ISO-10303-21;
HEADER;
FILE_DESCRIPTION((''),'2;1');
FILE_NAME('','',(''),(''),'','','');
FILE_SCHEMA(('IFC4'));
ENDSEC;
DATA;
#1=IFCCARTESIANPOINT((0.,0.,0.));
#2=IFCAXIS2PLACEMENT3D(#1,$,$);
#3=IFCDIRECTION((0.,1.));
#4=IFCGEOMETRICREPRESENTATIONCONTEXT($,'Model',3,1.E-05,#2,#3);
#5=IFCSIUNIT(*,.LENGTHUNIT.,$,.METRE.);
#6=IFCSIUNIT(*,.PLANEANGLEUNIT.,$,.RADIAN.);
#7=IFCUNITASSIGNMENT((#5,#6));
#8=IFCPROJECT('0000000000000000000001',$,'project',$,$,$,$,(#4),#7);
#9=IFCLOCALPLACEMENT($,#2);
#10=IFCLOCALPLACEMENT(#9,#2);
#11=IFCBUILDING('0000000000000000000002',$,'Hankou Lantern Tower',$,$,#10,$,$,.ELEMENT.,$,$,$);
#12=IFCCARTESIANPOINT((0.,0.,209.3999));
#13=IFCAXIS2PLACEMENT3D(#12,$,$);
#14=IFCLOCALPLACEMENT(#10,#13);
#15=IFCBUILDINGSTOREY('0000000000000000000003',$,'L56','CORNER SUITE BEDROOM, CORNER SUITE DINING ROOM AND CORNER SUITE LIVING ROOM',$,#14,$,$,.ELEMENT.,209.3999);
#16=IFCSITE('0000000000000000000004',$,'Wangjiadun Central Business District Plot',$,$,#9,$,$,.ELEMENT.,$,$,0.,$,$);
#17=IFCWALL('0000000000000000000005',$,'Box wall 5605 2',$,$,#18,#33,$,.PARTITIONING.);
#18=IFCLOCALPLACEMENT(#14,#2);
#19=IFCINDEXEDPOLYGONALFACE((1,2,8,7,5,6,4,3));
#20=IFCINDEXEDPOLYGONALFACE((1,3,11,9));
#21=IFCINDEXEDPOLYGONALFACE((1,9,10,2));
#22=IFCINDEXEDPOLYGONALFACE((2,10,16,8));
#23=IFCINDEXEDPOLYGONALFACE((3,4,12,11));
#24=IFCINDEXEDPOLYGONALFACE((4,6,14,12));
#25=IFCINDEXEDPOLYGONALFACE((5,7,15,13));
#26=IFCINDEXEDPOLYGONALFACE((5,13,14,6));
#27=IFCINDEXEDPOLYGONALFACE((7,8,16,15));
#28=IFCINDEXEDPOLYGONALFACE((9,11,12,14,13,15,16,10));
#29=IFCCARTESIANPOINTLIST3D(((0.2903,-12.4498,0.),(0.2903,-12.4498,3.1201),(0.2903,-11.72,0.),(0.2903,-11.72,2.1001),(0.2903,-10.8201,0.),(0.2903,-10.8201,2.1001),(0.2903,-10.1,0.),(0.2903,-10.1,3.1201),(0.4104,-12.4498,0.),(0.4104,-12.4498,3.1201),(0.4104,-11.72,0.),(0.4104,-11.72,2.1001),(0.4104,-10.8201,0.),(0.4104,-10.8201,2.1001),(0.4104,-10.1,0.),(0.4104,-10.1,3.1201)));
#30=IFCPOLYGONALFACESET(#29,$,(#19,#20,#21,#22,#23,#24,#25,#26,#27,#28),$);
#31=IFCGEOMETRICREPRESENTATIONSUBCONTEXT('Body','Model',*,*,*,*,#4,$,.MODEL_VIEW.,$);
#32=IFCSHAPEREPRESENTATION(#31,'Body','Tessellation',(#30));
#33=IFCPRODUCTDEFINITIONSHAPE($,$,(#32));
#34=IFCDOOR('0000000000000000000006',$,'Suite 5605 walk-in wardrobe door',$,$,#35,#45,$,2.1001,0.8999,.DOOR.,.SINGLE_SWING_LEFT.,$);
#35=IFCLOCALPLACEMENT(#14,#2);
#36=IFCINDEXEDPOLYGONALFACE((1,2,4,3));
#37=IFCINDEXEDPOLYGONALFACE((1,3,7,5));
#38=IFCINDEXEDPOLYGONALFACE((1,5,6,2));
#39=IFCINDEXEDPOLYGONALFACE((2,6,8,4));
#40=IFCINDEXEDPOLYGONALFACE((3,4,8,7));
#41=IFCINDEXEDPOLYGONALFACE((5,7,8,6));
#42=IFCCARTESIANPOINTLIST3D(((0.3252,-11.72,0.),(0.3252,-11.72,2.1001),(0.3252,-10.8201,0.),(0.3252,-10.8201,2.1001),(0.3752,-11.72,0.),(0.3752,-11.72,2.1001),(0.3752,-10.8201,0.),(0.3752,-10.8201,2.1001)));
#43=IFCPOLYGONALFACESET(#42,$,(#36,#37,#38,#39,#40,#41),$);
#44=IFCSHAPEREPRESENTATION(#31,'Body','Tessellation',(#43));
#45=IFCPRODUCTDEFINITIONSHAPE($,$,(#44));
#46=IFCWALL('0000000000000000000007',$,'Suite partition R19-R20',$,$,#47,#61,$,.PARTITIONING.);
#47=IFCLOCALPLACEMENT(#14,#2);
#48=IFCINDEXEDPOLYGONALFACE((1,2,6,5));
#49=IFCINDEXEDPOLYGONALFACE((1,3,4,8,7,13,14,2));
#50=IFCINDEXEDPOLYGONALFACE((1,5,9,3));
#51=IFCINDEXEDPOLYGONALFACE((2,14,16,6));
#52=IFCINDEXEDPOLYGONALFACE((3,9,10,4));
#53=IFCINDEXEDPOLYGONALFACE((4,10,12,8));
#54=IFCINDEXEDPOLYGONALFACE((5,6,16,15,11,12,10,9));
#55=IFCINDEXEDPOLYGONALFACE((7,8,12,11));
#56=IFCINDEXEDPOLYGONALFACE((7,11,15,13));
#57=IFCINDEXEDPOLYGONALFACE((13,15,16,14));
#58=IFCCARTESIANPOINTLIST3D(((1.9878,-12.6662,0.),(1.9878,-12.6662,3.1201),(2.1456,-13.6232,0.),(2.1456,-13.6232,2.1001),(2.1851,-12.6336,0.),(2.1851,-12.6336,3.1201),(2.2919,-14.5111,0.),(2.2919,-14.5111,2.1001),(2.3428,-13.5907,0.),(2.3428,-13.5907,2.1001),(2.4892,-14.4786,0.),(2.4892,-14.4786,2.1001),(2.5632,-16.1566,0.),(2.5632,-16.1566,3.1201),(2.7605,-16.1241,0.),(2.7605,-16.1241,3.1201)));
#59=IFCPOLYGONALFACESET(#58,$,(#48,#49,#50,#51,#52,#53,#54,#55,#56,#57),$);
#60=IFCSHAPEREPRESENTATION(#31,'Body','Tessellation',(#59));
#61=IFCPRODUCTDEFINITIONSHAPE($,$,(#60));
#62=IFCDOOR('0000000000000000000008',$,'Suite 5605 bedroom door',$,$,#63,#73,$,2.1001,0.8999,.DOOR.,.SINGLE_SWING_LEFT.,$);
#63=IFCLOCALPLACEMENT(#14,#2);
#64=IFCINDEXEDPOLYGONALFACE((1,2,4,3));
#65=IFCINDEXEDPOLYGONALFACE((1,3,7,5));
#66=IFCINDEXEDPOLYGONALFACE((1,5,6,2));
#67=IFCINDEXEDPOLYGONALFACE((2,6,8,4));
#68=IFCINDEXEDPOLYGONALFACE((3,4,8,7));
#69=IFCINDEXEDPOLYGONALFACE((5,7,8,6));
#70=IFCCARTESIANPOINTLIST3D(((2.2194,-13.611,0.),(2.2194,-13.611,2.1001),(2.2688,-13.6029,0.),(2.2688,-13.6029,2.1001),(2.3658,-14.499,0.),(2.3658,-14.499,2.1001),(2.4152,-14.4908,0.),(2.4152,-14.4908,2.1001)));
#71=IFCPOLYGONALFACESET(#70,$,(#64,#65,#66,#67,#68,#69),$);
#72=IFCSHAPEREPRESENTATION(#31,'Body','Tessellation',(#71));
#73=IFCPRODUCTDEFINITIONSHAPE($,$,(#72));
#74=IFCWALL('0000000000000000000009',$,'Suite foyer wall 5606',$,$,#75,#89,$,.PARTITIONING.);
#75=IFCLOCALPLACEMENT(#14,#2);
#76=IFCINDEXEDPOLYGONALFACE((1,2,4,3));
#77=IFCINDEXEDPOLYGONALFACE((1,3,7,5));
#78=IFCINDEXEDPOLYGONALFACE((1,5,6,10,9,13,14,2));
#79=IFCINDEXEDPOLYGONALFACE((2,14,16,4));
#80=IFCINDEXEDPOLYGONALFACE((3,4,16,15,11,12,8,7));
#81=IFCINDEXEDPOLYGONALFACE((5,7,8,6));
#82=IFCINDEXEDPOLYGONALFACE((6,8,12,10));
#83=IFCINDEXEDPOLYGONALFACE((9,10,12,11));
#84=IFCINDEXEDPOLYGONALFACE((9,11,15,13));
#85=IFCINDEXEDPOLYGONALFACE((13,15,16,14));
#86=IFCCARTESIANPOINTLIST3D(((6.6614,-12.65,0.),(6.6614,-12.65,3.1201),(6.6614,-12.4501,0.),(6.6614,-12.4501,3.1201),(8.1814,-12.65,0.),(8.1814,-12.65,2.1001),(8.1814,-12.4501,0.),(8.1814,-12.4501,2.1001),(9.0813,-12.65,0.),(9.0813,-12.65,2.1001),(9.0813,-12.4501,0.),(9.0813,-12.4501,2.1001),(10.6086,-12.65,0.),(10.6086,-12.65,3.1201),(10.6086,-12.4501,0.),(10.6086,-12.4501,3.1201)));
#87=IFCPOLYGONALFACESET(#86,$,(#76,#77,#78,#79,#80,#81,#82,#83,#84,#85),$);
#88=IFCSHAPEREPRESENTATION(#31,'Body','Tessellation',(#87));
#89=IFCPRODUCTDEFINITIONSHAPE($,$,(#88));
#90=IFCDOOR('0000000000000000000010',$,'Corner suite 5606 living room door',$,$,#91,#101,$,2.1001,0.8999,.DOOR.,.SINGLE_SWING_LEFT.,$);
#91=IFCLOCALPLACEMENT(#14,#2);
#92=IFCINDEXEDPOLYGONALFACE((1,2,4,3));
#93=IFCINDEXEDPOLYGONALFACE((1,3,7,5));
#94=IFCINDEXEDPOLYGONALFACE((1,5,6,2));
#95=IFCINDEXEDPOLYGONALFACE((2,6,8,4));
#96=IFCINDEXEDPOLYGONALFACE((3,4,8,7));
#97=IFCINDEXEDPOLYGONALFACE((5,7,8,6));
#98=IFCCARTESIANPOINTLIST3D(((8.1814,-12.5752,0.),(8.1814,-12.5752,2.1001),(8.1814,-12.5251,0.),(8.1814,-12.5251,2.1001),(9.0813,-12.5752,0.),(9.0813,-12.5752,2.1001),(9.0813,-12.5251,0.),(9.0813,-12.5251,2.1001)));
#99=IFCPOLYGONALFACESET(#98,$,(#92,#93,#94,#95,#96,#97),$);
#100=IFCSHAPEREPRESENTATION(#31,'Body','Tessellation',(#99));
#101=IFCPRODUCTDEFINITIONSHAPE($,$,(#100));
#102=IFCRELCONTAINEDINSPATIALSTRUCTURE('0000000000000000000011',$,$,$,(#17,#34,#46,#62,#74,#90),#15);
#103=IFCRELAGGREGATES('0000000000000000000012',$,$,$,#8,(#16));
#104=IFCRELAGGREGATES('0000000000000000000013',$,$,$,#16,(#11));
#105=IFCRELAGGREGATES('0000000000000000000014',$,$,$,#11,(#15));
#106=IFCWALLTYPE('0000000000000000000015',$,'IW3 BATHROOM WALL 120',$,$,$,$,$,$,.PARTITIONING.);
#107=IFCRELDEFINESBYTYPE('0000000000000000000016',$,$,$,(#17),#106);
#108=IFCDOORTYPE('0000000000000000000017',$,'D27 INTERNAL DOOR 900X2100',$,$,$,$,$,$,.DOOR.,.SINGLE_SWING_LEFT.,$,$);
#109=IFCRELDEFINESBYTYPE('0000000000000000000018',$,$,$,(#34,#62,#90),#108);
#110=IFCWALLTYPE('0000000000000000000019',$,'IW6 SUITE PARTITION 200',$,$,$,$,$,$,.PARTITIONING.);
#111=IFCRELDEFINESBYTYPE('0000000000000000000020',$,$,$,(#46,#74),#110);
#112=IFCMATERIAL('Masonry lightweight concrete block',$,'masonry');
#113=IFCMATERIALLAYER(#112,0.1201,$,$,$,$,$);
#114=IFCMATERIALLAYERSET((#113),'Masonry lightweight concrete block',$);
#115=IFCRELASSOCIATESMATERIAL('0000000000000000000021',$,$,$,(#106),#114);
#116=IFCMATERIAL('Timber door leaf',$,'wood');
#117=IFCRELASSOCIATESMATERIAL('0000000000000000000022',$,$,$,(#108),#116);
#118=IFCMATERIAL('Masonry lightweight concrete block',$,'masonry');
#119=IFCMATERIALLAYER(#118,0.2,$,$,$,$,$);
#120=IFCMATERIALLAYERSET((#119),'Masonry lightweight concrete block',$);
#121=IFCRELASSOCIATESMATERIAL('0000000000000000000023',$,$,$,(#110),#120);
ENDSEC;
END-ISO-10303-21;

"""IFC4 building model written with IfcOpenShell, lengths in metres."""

from ifc_helpers import new_model, si_unit, direction, frame, frame_2d, origin, place, context, subcontext, project, spatial, rectangle, extrude, material, layer, layer_set, type_object, element, fill, save


model = new_model("IFC4")

# Units and contexts
model_context = context("Model", 3, precision=1e-05, world=origin(), true_north=direction((0.0, 1.0)))
body_context = subcontext(model_context, "Body", "Model", "MODEL_VIEW")
ifc_project = project(units=[si_unit("LENGTHUNIT", "METRE"), si_unit("PLANEANGLEUNIT", "RADIAN")], contexts=[model_context])

# Site, building, storey
site_placement = place(None, origin())
site = spatial("IfcSite", under=ifc_project, at=site_placement, Name="Wangjiadun Central Business District Plot", CompositionType="ELEMENT", RefElevation=0.0)
building_placement = place(site_placement, origin())
building = spatial("IfcBuilding", under=site, at=building_placement, Name="Hankou Lantern Tower", CompositionType="ELEMENT")
storey_placement = place(building_placement, frame((0.0, 0.0, 209.3999)))
storey = spatial("IfcBuildingStorey", under=building, at=storey_placement, Name="L56", Description="CORNER SUITE BEDROOM, CORNER SUITE DINING ROOM AND CORNER SUITE LIVING ROOM", CompositionType="ELEMENT", Elevation=209.3999)

# Walls, openings, doors
ifc_material_1 = material(Name="Masonry lightweight concrete block", Category="masonry")
ifc_layer_1 = layer(ifc_material_1, 0.1201)
ifc_layer_set_1 = layer_set([ifc_layer_1], Name="Masonry lightweight concrete block")
wall_type_1 = type_object("IfcWallType", Name="IW3 BATHROOM WALL 120", PredefinedType="PARTITIONING", material=ifc_layer_set_1)
wall_1_placement = place(storey_placement, frame((0.3503, -10.1001, 0.0), z_axis=(0.0, 0.0, 1.0), x_axis=(0.0, -1.0, 0.0)))
wall_1 = element("IfcWall", 1, at=wall_1_placement, inside=storey, type_object=wall_type_1, Name="Box wall 5605 2", PredefinedType="PARTITIONING", context=body_context, shape_type="SweptSolid", body=[
    extrude(rectangle(XDim=2.3499, YDim=0.1201, at=frame_2d((1.1748, 0.0))), origin(), (0.0, 0.0, 1.0), 3.1201),
])
opening_1_placement = place(wall_1_placement, frame((0.72, 0.0, 0.0)))
opening_1 = element("IfcOpeningElement", 2, at=opening_1_placement, cuts=wall_1, PredefinedType="OPENING", context=body_context, shape_type="SweptSolid", body=[
    extrude(rectangle(XDim=0.8999, YDim=2.1001, at=frame_2d((0.45, 1.05))), frame((0.0, 0.0701, 0.0), z_axis=(0.0, -1.0, 0.0), x_axis=(1.0, 0.0, 0.0)), (0.0, 0.0, 1.0), 0.1401),
])
ifc_material_2 = material(Name="Timber door leaf", Category="wood")
door_type = type_object("IfcDoorType", Name="D27 INTERNAL DOOR 900X2100", OperationType="SINGLE_SWING_LEFT", PredefinedType="DOOR", material=ifc_material_2)
door_1_placement = place(opening_1_placement, origin())
door_1 = element("IfcDoor", 3, at=door_1_placement, inside=storey, type_object=door_type, Name="Suite 5605 walk-in wardrobe door", OperationType="SINGLE_SWING_LEFT", OverallHeight=2.1001, OverallWidth=0.8999, PredefinedType="DOOR", context=body_context, shape_type="SweptSolid", body=[
    extrude(rectangle(XDim=0.8999, YDim=2.1001, at=frame_2d((0.45, 1.05))), frame((0.0, 0.0249, 0.0), z_axis=(0.0, -1.0, 0.0), x_axis=(1.0, 0.0, 0.0)), (0.0, 0.0, 1.0), 0.05),
])
fill(opening_1, door_1)
ifc_material_3 = material(Name="Masonry lightweight concrete block", Category="masonry")
ifc_layer_2 = layer(ifc_material_3, 0.2)
ifc_layer_set_2 = layer_set([ifc_layer_2], Name="Masonry lightweight concrete block")
wall_type_2 = type_object("IfcWallType", Name="IW6 SUITE PARTITION 200", PredefinedType="PARTITIONING", material=ifc_layer_set_2)
wall_2_placement = place(storey_placement, frame((2.0864, -12.6499, 0.0), z_axis=(0.0, 0.0, 1.0), x_axis=(0.162664, -0.986682, 0.0)))
wall_2 = element("IfcWall", 4, at=wall_2_placement, inside=storey, type_object=wall_type_2, Name="Suite partition R19-R20", PredefinedType="PARTITIONING", context=body_context, shape_type="SweptSolid", body=[
    extrude(rectangle(XDim=3.5376, YDim=0.2, at=frame_2d((1.7688, 0.0))), origin(), (0.0, 0.0, 1.0), 3.1201),
])
opening_2_placement = place(wall_2_placement, frame((0.97, 0.0, 0.0)))
opening_2 = element("IfcOpeningElement", 5, at=opening_2_placement, cuts=wall_2, PredefinedType="OPENING", context=body_context, shape_type="SweptSolid", body=[
    extrude(rectangle(XDim=0.8999, YDim=2.1001, at=frame_2d((0.45, 1.05))), frame((0.0, 0.1099, 0.0), z_axis=(0.0, -1.0, 0.0), x_axis=(1.0, 0.0, 0.0)), (0.0, 0.0, 1.0), 0.22),
])
door_2_placement = place(opening_2_placement, origin())
door_2 = element("IfcDoor", 6, at=door_2_placement, inside=storey, type_object=door_type, Name="Suite 5605 bedroom door", OperationType="SINGLE_SWING_LEFT", OverallHeight=2.1001, OverallWidth=0.8999, PredefinedType="DOOR", context=body_context, shape_type="SweptSolid", body=[
    extrude(rectangle(XDim=0.8999, YDim=2.1001, at=frame_2d((0.45, 1.05))), frame((0.0, 0.0249, 0.0), z_axis=(0.0, -1.0, 0.0), x_axis=(1.0, 0.0, 0.0)), (0.0, 0.0, 1.0), 0.05),
])
fill(opening_2, door_2)
wall_3_placement = place(storey_placement, frame((6.6614, -12.55, 0.0), z_axis=(0.0, 0.0, 1.0), x_axis=(1.0, 0.0, 0.0)))
wall_3 = element("IfcWall", 7, at=wall_3_placement, inside=storey, type_object=wall_type_2, Name="Suite foyer wall 5606", PredefinedType="PARTITIONING", context=body_context, shape_type="SweptSolid", body=[
    extrude(rectangle(XDim=3.9473, YDim=0.2, at=frame_2d((1.9736, 0.0))), origin(), (0.0, 0.0, 1.0), 3.1201),
])
opening_3_placement = place(wall_3_placement, frame((1.52, 0.0, 0.0)))
opening_3 = element("IfcOpeningElement", 8, at=opening_3_placement, cuts=wall_3, PredefinedType="OPENING", context=body_context, shape_type="SweptSolid", body=[
    extrude(rectangle(XDim=0.8999, YDim=2.1001, at=frame_2d((0.45, 1.05))), frame((0.0, 0.1099, 0.0), z_axis=(0.0, -1.0, 0.0), x_axis=(1.0, 0.0, 0.0)), (0.0, 0.0, 1.0), 0.22),
])
door_3_placement = place(opening_3_placement, origin())
door_3 = element("IfcDoor", 9, at=door_3_placement, inside=storey, type_object=door_type, Name="Corner suite 5606 living room door", OperationType="SINGLE_SWING_LEFT", OverallHeight=2.1001, OverallWidth=0.8999, PredefinedType="DOOR", context=body_context, shape_type="SweptSolid", body=[
    extrude(rectangle(XDim=0.8999, YDim=2.1001, at=frame_2d((0.45, 1.05))), frame((0.0, 0.0249, 0.0), z_axis=(0.0, -1.0, 0.0), x_axis=(1.0, 0.0, 0.0)), (0.0, 0.0, 1.0), 0.05),
])
fill(opening_3, door_3)

save(model, "model.ifc")
